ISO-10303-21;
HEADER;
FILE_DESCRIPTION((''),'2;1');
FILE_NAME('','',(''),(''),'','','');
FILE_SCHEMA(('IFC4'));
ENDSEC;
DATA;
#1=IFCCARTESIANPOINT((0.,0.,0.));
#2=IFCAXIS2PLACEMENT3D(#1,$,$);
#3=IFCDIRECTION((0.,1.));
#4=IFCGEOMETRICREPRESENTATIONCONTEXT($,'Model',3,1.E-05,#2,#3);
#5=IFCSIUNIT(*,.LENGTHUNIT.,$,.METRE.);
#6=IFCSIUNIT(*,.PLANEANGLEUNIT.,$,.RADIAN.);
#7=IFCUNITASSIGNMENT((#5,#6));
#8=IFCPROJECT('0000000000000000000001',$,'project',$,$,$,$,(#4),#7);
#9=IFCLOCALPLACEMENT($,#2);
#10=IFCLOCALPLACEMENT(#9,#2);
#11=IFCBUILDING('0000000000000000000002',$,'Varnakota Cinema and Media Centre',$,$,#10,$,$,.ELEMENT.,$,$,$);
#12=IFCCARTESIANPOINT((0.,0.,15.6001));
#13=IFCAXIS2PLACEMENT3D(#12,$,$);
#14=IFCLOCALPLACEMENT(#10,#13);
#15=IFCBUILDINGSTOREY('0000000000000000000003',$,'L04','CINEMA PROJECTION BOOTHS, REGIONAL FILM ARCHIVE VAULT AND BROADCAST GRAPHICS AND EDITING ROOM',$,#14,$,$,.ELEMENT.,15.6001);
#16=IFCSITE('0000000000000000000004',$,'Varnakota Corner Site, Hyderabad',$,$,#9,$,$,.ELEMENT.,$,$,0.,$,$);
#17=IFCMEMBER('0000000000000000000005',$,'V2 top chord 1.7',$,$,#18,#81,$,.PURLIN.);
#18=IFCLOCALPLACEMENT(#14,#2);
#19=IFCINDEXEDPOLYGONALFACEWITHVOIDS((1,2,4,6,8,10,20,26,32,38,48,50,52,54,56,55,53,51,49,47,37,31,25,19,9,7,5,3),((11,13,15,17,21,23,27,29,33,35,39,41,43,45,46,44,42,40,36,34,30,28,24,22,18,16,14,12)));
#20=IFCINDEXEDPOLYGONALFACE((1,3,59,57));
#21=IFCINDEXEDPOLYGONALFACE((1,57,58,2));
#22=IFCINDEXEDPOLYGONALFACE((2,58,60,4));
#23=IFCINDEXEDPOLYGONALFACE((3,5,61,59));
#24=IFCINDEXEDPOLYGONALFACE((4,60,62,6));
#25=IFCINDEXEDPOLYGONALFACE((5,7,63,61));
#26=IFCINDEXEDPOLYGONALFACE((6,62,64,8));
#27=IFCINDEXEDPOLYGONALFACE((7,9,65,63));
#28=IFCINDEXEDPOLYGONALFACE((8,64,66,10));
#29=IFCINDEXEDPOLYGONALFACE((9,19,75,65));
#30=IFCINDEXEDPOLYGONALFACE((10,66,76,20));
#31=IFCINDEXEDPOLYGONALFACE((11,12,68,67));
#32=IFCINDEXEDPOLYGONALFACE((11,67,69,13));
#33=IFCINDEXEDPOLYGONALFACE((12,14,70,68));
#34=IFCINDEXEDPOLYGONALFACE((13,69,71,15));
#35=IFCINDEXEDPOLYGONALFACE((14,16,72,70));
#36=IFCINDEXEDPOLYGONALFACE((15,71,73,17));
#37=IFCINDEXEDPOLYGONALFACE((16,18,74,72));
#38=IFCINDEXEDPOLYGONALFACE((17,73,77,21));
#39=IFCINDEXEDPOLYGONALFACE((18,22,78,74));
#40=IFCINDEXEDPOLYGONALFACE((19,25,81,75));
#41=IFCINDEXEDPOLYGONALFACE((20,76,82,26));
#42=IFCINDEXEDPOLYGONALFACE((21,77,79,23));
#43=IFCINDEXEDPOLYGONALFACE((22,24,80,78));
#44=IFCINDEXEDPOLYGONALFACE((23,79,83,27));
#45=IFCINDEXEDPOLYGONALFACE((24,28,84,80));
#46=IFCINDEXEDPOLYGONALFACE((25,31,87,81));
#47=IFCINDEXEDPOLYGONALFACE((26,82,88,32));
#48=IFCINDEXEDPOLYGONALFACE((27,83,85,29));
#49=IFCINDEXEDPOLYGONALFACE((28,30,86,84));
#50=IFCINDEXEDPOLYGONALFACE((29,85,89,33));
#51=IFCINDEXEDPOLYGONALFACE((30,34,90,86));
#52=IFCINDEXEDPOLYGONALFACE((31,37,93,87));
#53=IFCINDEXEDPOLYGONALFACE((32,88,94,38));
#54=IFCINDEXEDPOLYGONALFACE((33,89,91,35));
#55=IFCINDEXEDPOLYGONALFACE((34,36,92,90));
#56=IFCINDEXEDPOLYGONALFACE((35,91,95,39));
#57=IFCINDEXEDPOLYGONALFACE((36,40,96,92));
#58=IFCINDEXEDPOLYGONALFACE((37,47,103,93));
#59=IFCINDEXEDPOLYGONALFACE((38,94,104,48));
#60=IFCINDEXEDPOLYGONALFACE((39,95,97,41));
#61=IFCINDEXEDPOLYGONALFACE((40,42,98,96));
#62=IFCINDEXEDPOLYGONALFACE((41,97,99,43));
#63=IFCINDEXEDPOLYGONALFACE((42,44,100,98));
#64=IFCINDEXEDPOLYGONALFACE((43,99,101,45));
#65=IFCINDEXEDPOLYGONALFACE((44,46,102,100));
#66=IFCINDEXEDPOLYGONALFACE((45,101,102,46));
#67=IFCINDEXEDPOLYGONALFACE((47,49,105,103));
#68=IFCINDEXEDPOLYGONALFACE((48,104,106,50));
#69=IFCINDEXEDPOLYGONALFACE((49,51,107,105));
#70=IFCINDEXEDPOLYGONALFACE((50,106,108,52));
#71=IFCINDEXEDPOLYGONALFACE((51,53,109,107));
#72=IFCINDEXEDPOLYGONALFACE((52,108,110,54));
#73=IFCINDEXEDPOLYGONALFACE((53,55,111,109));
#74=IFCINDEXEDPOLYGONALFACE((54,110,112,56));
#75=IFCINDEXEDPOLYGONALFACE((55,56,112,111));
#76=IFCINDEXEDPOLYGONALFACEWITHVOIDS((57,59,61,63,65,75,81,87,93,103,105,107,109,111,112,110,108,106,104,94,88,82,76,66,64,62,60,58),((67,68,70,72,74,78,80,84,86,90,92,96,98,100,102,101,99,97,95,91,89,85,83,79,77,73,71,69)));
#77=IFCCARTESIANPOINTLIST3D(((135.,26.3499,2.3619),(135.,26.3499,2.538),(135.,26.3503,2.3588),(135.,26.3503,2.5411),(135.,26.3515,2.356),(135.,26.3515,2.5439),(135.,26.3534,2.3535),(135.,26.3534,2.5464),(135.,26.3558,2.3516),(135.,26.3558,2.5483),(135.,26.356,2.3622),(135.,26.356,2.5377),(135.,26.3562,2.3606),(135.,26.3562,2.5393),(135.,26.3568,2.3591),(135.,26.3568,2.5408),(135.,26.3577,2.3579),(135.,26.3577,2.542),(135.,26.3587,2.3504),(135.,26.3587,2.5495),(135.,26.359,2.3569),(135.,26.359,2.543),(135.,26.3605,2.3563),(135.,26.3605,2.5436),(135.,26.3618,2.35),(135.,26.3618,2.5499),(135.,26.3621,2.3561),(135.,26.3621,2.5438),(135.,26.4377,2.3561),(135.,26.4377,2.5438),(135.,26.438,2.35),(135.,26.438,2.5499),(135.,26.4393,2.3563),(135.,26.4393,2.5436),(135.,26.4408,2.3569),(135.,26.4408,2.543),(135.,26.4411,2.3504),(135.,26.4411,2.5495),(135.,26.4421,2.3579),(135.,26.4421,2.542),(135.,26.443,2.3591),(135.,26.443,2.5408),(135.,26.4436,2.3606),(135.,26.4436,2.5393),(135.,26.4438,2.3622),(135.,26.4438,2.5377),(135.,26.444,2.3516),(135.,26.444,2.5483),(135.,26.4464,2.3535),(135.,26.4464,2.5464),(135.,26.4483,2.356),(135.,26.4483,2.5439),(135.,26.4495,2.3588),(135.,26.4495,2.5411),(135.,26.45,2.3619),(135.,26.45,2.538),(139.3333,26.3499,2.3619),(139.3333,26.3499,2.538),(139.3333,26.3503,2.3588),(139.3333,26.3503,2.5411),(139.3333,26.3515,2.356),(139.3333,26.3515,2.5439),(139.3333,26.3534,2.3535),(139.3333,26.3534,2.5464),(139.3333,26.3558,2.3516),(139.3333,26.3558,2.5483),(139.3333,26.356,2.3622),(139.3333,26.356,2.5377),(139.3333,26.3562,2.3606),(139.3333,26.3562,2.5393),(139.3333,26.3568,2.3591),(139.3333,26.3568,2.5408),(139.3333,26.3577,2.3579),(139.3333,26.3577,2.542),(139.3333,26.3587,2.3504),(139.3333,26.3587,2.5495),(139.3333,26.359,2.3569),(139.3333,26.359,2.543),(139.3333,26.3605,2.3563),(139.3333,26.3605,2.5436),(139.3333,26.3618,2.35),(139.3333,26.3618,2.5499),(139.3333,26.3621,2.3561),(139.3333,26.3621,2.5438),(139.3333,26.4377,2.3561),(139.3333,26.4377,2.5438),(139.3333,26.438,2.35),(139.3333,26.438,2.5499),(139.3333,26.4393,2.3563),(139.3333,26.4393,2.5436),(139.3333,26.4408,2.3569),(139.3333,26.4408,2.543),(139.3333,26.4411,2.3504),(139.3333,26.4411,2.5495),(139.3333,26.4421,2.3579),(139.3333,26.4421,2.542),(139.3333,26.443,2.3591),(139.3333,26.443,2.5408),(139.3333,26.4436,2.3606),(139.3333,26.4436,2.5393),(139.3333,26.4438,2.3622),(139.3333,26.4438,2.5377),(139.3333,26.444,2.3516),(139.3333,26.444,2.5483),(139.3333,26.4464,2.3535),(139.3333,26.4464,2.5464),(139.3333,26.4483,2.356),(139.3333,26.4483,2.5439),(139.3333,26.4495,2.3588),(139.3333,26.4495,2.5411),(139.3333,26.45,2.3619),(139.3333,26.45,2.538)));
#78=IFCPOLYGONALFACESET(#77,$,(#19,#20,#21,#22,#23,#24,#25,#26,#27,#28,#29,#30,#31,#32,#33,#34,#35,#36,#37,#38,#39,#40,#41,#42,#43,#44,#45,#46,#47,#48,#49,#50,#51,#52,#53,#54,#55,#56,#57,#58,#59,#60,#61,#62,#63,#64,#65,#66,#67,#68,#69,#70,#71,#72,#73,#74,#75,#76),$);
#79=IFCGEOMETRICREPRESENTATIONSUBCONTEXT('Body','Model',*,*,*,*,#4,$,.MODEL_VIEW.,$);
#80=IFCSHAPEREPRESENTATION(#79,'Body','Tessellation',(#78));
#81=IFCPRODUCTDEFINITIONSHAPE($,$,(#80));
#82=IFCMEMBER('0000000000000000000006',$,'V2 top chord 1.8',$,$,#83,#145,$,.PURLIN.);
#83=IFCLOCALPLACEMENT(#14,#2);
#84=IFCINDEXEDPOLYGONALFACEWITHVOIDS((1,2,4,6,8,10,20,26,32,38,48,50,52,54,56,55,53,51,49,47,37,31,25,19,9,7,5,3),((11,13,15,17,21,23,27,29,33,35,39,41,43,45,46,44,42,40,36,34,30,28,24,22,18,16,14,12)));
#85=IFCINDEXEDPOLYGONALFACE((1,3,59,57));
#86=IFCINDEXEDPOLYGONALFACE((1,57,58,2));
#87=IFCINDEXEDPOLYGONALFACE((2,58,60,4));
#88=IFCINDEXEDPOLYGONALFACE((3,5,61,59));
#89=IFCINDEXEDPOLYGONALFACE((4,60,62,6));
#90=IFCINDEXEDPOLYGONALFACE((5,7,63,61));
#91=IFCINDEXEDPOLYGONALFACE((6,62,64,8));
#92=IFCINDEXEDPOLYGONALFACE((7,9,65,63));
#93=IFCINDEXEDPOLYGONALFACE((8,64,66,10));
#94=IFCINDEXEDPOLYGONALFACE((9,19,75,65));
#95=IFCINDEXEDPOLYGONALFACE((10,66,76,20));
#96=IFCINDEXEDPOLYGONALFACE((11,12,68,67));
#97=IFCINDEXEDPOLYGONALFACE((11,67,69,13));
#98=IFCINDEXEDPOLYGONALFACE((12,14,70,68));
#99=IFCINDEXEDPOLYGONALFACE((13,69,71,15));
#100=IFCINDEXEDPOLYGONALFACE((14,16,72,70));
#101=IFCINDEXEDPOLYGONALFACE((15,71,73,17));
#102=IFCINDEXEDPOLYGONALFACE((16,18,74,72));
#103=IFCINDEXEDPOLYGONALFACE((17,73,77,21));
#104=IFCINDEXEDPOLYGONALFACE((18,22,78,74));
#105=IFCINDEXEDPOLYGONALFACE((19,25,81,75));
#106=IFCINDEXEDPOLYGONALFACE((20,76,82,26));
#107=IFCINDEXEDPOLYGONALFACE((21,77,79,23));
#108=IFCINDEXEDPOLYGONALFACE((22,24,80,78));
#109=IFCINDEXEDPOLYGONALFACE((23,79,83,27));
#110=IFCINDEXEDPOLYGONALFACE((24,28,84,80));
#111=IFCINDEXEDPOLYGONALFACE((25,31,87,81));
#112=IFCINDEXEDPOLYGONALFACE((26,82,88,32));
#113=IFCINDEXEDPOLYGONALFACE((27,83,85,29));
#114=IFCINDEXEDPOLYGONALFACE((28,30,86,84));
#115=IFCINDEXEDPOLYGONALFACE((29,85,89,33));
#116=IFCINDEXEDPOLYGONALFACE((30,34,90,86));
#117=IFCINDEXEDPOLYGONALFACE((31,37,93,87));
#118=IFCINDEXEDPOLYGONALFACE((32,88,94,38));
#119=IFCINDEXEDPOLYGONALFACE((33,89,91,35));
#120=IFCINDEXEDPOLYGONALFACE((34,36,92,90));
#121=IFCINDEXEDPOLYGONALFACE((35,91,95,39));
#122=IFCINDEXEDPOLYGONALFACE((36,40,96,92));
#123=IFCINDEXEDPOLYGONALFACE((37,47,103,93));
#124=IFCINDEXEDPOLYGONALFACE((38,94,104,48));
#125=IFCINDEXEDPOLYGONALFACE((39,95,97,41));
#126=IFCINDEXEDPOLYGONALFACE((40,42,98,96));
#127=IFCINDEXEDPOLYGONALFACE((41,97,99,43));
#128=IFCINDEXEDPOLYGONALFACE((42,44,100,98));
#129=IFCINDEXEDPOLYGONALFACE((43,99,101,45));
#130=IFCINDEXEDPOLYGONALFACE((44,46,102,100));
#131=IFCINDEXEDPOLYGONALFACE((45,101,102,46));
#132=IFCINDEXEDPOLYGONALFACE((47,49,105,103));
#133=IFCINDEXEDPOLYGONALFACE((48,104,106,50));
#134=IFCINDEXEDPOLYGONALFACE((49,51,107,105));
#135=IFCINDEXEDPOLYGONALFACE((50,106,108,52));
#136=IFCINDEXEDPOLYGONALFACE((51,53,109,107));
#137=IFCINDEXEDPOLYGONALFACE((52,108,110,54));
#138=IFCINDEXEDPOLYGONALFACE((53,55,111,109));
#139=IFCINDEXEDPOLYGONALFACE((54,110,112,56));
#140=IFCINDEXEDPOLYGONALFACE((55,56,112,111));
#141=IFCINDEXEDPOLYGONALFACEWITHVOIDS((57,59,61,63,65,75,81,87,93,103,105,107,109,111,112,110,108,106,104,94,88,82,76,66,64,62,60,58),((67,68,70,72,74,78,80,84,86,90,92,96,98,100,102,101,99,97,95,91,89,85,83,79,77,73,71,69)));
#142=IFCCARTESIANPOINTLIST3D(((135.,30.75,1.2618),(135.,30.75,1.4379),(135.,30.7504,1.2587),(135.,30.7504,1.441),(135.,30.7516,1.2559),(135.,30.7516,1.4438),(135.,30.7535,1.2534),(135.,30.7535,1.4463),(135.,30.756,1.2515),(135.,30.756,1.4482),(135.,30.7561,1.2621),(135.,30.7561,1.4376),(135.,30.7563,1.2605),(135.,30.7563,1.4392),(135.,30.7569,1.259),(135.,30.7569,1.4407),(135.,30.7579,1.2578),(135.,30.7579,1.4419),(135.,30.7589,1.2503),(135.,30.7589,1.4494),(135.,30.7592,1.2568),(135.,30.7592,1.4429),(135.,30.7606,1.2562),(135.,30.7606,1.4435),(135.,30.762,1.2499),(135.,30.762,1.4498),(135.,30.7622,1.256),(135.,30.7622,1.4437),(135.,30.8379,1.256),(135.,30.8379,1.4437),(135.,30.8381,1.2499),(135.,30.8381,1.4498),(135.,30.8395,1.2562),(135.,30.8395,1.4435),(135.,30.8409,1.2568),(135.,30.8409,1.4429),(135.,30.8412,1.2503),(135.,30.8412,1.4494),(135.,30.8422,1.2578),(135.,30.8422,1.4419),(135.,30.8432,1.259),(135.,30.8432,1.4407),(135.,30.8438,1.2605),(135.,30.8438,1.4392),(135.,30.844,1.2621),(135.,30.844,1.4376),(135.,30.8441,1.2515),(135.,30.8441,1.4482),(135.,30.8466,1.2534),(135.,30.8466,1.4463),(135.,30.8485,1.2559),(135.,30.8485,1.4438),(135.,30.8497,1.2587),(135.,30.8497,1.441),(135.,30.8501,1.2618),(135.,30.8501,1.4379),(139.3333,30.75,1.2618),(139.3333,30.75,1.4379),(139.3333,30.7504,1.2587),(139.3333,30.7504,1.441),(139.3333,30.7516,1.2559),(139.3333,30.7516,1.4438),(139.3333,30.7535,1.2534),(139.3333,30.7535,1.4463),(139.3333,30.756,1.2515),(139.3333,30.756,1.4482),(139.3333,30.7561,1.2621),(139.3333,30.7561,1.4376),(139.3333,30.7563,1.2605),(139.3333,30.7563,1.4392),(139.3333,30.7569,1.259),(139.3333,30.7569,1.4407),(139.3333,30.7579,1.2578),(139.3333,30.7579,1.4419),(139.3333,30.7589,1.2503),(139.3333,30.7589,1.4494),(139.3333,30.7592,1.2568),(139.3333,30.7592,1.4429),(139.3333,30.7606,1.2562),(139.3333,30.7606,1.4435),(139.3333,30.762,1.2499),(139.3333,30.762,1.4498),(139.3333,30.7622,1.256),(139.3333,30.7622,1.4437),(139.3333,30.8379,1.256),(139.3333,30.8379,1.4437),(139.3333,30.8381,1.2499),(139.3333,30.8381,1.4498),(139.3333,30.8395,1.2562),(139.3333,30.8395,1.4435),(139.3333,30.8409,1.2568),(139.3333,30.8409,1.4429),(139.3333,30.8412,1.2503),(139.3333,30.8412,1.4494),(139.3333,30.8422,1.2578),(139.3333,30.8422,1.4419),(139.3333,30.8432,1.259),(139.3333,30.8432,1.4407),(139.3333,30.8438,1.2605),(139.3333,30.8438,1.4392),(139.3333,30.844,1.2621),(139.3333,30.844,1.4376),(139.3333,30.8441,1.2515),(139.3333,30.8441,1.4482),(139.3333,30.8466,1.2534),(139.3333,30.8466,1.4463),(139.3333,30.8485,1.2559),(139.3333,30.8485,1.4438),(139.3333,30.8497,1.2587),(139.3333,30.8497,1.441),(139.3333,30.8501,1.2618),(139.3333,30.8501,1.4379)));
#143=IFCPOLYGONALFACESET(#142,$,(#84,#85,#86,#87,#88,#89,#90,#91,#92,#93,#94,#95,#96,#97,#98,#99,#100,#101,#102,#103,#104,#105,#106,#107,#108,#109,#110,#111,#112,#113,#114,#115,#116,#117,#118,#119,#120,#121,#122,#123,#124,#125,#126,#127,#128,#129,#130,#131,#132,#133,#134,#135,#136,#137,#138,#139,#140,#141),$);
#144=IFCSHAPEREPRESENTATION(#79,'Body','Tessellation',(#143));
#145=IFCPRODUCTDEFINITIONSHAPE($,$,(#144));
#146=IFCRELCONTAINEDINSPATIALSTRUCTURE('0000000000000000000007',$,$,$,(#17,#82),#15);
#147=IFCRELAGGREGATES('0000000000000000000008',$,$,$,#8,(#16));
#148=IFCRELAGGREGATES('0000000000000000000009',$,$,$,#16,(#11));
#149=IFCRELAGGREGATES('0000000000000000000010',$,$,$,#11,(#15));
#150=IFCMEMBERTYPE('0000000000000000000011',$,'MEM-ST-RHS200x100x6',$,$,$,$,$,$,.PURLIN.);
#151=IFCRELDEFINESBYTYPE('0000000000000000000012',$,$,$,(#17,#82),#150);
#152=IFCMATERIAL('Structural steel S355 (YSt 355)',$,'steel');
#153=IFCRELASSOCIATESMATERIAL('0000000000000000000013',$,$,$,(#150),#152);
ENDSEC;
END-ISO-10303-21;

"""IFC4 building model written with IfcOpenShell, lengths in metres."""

from ifc_helpers import new_model, si_unit, direction, frame, origin, origin_2d, place, context, subcontext, project, spatial, hollow_rectangle, extrude, material, material_profile, profile_set, type_object, element, save


model = new_model("IFC4")

# Units and contexts
model_context = context("Model", 3, precision=1e-05, world=origin(), true_north=direction((0.0, 1.0)))
body_context = subcontext(model_context, "Body", "Model", "MODEL_VIEW")
ifc_project = project(units=[si_unit("LENGTHUNIT", "METRE"), si_unit("PLANEANGLEUNIT", "RADIAN")], contexts=[model_context])

# Site, building, storey
site_placement = place(None, origin())
site = spatial("IfcSite", under=ifc_project, at=site_placement, Name="Varnakota Corner Site, Hyderabad", CompositionType="ELEMENT", RefElevation=0.0)
building_placement = place(site_placement, origin())
building = spatial("IfcBuilding", under=site, at=building_placement, Name="Varnakota Cinema and Media Centre", CompositionType="ELEMENT")
storey_placement = place(building_placement, frame((0.0, 0.0, 15.6001)))
storey = spatial("IfcBuildingStorey", under=building, at=storey_placement, Name="L04", Description="CINEMA PROJECTION BOOTHS, REGIONAL FILM ARCHIVE VAULT AND BROADCAST GRAPHICS AND EDITING ROOM", CompositionType="ELEMENT", Elevation=15.6001)

# Members
ifc_material_1 = material(Name="Structural steel S355 (YSt 355)", Category="steel")
ifc_material_profile_1 = material_profile(ifc_material_1, hollow_rectangle(XDim=0.1001, YDim=0.2, WallThickness=0.0061, InnerFilletRadius=0.0061, OuterFilletRadius=0.012, at=origin_2d()), Name="RHS 200x100x6")
ifc_profile_set_1 = profile_set([ifc_material_profile_1], Name="Structural steel S355 (YSt 355)")
member_type_1 = type_object("IfcMemberType", Name="MEM-ST-RHS200x100x6", PredefinedType="PURLIN", material=ifc_profile_set_1)
for number, where, z_axis, x_axis, name in (
    (1, (135.0, 26.3999, 2.45), (1.0, 0.0, 0.0), (0.0, 1.0, 0.0), "V2 top chord 1.7"),
    (2, (135.0, 30.8, 1.3499), (1.0, 0.0, 0.0), (0.0, 1.0, 0.0), "V2 top chord 1.8"),
):
    element("IfcMember", number, at=place(storey_placement, frame(where, z_axis=z_axis, x_axis=x_axis)), inside=storey, type_object=member_type_1, Name=name, PredefinedType="PURLIN", context=body_context, shape_type="SweptSolid", body=[
        extrude(hollow_rectangle(XDim=0.1001, YDim=0.2, WallThickness=0.0061, InnerFilletRadius=0.0061, OuterFilletRadius=0.012, at=origin_2d()), origin(), (0.0, 0.0, 1.0), 4.3333),
    ])

save(model, "model.ifc")
